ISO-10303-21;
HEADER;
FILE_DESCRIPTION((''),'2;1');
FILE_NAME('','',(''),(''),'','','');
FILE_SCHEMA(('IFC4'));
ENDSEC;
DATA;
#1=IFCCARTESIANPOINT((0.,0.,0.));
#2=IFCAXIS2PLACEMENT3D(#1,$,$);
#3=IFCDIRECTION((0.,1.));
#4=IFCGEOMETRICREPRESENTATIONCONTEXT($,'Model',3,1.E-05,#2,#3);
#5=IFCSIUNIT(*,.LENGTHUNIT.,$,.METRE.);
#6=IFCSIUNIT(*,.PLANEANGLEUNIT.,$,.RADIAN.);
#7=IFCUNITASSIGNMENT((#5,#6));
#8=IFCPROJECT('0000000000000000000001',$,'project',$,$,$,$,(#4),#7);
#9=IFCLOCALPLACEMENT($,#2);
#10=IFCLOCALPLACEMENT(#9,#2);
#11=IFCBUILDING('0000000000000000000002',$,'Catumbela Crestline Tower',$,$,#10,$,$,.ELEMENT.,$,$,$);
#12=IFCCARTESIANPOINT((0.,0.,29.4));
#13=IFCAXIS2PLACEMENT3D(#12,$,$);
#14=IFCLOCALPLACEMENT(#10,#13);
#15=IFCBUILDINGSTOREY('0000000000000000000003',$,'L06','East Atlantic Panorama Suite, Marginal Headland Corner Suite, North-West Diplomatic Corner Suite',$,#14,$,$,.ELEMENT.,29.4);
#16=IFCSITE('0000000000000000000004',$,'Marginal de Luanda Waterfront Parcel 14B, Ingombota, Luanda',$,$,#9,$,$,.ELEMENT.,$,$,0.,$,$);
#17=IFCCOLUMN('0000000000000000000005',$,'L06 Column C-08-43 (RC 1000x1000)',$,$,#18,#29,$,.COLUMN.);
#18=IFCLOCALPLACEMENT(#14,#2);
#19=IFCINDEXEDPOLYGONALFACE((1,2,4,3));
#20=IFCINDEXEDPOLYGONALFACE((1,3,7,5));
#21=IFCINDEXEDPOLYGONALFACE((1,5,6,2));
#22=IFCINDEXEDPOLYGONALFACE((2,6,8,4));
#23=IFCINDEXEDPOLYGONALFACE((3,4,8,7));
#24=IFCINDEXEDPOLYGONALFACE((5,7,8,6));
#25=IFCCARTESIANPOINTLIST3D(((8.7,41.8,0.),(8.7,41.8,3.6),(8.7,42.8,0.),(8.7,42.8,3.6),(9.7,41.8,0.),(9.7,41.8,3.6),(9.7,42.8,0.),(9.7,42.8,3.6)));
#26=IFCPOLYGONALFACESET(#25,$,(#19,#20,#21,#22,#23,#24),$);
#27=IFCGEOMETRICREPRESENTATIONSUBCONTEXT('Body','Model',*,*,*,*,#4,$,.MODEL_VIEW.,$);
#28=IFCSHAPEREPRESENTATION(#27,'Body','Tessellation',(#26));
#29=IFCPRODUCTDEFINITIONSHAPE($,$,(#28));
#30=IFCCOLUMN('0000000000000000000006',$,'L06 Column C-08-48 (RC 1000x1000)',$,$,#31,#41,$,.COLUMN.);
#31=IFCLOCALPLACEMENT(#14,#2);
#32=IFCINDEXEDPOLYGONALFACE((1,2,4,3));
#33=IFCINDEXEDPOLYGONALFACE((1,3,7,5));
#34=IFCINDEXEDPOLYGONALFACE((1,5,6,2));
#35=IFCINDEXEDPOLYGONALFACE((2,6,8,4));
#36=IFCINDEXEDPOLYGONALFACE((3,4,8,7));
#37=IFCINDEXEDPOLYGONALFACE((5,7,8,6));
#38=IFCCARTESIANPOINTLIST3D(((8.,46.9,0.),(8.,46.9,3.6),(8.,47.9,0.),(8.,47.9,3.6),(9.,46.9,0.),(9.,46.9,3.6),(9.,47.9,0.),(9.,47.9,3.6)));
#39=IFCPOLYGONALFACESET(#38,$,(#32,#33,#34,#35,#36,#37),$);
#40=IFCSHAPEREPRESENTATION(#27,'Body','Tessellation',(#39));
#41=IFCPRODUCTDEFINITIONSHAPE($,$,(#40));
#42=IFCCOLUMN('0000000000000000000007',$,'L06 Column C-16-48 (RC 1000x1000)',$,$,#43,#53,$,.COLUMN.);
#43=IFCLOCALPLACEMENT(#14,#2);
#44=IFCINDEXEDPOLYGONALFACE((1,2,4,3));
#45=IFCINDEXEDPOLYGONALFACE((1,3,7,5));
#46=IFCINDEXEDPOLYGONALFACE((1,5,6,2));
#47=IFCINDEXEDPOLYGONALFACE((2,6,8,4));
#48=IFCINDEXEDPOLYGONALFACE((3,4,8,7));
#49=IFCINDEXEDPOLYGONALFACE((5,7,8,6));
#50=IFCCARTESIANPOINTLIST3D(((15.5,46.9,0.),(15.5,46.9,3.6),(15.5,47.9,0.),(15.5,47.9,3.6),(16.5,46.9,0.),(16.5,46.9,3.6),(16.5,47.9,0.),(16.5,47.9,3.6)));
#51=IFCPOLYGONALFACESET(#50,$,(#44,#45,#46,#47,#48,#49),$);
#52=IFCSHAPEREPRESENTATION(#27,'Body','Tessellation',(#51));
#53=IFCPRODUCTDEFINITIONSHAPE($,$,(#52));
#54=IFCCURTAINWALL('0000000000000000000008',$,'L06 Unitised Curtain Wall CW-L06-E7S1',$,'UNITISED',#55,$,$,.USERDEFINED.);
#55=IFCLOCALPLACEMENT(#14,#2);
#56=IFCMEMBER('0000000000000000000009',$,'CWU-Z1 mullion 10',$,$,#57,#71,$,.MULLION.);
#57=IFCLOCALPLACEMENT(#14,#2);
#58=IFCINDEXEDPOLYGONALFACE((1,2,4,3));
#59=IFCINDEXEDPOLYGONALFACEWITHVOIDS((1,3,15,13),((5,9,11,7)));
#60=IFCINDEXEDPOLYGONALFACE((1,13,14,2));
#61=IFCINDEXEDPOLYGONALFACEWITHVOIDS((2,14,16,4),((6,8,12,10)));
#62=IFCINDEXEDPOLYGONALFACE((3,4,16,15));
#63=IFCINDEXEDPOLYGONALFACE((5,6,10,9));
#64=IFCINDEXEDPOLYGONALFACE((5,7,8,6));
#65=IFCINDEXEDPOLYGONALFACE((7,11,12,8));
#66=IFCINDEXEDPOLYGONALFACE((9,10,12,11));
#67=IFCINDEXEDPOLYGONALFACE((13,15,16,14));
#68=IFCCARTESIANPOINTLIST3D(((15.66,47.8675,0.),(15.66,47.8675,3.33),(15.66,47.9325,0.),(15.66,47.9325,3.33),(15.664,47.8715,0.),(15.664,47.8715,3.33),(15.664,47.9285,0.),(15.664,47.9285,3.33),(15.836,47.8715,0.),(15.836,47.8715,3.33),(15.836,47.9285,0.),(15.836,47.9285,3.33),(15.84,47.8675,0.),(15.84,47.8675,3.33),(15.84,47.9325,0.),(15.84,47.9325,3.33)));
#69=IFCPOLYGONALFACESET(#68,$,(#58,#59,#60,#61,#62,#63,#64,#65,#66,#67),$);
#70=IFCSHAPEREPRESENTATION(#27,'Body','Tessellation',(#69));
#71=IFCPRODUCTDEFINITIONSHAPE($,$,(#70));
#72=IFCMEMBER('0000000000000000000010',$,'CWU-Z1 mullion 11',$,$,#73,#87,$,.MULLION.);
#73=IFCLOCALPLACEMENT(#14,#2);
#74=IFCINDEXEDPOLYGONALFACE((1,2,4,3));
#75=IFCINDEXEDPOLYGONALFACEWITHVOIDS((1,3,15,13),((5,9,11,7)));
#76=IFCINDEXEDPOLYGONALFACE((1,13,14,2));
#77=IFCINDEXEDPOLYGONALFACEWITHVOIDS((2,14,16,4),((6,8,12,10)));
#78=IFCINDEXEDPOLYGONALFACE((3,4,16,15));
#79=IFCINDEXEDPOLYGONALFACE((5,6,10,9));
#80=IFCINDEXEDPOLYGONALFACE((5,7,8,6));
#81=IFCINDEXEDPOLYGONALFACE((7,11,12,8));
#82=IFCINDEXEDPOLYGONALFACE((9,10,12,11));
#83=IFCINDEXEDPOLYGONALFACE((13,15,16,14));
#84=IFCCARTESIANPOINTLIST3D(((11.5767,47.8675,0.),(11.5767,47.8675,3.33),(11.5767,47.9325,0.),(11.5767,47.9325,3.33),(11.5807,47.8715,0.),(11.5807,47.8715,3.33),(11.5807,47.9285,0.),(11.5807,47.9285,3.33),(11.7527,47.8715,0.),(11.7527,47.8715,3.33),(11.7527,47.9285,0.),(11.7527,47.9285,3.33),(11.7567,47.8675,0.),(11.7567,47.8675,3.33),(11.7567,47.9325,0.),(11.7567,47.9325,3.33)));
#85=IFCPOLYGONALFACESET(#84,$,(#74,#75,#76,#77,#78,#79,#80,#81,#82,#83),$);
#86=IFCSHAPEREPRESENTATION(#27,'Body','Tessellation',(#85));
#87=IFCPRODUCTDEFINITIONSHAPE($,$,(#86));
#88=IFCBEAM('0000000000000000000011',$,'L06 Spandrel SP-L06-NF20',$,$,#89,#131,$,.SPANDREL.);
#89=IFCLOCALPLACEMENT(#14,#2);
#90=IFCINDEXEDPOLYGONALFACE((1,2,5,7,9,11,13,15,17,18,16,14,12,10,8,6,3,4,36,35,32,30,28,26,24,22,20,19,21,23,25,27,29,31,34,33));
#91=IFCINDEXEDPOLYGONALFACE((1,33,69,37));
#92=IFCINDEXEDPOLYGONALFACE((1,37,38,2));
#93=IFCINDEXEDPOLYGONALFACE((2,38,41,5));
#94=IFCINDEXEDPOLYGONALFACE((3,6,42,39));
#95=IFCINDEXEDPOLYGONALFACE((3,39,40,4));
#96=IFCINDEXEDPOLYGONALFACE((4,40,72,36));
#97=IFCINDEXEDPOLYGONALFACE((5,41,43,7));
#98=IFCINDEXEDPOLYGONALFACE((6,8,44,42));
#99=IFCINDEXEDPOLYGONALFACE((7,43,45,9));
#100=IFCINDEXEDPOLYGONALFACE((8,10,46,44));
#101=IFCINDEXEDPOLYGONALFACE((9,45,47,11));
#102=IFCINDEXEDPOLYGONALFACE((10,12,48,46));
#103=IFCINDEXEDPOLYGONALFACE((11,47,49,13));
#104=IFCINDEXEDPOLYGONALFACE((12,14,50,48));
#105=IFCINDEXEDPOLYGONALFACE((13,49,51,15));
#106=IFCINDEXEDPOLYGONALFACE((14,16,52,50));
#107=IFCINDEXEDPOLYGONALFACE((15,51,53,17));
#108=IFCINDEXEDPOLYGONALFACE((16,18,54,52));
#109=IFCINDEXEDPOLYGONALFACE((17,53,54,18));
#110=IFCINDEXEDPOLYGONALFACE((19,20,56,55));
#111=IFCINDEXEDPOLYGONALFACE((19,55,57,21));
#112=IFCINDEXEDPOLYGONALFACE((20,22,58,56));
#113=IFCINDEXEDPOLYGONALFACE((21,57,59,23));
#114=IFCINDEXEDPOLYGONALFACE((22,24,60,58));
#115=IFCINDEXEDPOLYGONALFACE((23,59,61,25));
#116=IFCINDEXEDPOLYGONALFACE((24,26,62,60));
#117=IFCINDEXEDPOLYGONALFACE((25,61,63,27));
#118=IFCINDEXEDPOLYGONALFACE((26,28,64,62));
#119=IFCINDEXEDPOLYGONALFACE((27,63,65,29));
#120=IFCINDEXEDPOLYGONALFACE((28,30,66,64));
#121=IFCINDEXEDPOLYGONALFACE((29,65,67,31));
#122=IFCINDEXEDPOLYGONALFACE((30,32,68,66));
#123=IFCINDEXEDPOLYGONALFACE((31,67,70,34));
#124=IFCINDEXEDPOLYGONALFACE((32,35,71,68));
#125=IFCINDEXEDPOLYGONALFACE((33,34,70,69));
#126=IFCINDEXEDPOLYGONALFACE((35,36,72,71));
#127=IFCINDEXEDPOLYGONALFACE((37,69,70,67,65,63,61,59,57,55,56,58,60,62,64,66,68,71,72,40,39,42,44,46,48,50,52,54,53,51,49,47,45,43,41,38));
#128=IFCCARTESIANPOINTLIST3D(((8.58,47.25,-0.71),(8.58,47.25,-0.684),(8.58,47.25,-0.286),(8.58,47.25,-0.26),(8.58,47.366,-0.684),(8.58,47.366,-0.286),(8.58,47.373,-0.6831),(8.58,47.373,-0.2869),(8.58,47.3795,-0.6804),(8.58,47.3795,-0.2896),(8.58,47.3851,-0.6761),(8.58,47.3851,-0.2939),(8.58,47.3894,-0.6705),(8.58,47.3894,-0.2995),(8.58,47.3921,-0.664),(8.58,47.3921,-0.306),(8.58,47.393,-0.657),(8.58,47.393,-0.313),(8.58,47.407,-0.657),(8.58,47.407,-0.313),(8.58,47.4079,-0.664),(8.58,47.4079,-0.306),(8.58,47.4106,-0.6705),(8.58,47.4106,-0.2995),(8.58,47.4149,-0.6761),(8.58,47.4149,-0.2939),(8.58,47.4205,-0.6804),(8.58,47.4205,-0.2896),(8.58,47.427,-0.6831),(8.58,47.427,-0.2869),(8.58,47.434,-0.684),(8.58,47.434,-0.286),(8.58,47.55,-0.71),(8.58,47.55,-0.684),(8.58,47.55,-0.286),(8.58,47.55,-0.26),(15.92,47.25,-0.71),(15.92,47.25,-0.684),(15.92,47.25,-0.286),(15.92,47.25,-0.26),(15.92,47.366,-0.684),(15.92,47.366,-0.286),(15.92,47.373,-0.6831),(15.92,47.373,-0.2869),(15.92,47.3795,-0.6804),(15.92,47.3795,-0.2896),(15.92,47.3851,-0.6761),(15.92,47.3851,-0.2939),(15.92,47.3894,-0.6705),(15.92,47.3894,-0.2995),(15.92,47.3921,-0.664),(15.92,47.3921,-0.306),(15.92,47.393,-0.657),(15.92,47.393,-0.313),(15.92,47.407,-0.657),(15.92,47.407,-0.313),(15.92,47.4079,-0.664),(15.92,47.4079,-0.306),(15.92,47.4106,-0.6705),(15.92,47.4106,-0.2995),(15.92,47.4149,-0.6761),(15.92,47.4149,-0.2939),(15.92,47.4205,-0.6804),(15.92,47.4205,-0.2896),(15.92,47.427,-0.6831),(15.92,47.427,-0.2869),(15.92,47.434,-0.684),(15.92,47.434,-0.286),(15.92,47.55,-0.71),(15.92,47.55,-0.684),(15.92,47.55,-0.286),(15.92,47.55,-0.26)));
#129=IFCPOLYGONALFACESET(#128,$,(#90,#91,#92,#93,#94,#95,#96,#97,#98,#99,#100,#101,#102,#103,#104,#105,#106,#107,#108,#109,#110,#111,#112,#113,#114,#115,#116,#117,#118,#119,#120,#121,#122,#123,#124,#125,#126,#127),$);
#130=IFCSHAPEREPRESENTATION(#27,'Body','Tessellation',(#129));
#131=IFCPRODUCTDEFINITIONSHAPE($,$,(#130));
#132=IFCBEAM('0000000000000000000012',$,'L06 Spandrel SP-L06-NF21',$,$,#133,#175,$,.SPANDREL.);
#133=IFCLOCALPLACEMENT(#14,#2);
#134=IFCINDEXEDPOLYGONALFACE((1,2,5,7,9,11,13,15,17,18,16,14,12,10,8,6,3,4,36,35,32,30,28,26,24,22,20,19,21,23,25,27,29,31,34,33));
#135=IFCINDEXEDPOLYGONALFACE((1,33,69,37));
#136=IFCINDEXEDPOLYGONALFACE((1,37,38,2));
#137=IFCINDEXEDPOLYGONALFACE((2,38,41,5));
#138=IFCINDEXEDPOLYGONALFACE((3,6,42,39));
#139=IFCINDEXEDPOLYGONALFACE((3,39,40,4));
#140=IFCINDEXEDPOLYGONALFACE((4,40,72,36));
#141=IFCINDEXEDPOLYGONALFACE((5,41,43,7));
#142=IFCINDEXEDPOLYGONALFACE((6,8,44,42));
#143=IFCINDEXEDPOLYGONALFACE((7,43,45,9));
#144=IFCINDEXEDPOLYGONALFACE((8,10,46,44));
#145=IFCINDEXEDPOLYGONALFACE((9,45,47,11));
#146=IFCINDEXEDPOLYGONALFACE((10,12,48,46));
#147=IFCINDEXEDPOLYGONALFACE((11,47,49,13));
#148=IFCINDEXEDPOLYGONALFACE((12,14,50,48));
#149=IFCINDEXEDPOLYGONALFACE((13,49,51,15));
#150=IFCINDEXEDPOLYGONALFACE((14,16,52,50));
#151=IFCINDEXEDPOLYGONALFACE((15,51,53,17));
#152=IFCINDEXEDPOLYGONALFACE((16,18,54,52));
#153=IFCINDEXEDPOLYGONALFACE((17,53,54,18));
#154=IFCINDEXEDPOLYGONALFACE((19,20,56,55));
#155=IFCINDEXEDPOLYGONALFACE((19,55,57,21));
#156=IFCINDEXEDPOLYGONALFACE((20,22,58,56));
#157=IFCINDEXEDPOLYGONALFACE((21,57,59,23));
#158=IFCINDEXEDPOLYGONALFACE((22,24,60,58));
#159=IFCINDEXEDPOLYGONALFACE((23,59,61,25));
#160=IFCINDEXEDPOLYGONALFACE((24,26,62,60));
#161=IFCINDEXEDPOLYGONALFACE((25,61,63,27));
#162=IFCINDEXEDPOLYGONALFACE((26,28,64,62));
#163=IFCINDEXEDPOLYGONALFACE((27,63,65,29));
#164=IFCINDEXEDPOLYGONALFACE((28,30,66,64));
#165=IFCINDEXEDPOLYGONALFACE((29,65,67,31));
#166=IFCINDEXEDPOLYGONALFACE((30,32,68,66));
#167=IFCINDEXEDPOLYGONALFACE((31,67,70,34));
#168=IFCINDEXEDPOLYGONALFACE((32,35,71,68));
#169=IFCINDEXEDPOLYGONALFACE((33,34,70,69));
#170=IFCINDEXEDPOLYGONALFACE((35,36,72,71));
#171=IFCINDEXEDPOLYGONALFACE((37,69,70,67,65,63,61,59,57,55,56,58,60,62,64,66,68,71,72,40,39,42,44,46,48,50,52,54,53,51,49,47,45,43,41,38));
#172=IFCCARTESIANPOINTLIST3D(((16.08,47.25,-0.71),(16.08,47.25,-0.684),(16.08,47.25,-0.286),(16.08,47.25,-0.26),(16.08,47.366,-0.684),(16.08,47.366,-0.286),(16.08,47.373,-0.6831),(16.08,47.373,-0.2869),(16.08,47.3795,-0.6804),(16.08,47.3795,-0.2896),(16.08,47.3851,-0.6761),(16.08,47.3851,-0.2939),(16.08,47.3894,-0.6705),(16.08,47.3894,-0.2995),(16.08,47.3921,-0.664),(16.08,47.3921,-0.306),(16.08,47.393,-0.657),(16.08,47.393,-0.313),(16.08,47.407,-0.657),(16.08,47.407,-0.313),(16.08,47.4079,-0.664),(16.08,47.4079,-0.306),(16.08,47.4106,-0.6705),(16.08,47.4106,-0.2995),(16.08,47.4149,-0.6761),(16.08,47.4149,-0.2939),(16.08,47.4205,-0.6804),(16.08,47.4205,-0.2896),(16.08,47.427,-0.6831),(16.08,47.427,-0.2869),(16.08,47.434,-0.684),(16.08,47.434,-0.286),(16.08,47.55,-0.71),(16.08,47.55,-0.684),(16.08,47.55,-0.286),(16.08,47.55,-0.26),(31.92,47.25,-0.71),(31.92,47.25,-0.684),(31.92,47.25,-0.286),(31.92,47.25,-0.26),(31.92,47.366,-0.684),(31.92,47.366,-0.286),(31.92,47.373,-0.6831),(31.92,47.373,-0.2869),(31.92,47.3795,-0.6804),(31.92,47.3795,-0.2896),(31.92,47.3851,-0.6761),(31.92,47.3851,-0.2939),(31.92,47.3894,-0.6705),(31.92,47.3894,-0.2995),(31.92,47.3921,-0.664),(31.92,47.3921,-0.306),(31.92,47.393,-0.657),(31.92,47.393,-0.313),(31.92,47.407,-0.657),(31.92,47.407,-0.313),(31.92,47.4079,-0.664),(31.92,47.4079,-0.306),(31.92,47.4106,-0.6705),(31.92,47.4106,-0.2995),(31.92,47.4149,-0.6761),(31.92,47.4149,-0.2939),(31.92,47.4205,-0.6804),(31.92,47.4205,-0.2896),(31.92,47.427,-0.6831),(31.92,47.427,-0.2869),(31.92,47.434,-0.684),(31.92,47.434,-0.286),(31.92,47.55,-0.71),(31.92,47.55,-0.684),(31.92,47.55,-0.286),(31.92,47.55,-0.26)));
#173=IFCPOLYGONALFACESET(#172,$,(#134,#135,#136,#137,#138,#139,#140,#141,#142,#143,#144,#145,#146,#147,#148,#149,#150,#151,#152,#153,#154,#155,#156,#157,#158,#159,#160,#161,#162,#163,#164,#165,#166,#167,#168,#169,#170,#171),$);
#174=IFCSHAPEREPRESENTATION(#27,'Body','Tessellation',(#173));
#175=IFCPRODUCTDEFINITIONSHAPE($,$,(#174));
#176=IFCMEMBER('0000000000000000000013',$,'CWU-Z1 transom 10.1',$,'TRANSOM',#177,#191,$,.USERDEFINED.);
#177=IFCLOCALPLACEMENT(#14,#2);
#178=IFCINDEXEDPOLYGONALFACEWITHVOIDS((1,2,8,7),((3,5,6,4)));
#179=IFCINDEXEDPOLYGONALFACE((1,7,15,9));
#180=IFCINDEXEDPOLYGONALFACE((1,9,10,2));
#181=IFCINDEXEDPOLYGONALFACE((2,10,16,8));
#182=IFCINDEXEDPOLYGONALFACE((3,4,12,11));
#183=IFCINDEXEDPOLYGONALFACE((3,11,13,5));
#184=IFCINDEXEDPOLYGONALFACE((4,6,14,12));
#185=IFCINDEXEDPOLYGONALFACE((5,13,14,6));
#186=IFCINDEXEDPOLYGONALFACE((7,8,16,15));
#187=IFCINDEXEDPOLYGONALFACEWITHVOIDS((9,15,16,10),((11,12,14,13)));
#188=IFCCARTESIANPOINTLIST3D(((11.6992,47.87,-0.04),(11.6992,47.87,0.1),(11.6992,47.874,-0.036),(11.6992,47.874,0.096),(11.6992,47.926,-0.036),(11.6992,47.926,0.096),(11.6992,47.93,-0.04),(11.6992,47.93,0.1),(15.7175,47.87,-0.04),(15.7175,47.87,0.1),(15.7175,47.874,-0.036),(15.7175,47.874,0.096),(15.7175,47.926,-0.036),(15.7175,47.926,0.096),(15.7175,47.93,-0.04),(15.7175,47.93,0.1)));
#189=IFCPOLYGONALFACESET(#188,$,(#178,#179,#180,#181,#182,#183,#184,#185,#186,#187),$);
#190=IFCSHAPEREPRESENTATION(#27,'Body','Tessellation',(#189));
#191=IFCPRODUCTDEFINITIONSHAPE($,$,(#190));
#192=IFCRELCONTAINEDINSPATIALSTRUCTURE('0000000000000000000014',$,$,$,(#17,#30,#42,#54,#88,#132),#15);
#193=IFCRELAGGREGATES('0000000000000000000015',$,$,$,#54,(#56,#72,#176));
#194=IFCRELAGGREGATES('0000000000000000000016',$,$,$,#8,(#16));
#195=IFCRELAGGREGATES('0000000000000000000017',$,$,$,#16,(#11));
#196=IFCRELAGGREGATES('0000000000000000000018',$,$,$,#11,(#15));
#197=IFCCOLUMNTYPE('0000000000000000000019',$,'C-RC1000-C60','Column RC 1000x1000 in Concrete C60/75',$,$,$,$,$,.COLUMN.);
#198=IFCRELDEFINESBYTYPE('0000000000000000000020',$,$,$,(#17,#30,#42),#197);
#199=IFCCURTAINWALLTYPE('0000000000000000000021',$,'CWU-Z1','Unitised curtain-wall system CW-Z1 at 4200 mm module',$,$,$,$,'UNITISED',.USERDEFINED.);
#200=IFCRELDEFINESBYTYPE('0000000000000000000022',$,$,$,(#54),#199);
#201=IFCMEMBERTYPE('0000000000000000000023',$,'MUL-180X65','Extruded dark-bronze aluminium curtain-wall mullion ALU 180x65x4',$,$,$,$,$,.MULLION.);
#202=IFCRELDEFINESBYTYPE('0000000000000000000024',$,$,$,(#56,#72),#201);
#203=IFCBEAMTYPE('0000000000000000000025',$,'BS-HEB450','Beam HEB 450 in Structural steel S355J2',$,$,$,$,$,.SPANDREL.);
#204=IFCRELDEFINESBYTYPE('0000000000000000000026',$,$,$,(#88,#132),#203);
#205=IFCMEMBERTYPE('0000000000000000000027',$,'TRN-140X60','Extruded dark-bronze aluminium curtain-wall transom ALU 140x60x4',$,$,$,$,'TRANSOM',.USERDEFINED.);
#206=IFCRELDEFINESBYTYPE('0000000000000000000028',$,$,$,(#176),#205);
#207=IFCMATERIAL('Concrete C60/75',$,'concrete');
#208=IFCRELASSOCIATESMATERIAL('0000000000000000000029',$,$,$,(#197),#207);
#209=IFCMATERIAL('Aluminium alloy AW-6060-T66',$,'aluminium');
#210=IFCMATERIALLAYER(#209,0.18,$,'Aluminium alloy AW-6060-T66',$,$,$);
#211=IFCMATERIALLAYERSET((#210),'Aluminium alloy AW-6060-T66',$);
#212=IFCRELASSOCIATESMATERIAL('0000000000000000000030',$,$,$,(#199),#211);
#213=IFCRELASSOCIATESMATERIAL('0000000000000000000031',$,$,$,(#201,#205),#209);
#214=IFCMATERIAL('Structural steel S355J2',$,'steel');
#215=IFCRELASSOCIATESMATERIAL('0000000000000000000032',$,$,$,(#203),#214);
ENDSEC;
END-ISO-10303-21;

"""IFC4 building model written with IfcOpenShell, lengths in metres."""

from ifc_helpers import new_model, si_unit, direction, frame, origin, origin_2d, place, context, subcontext, project, spatial, rectangle, hollow_rectangle, i_section, extrude, material, layer, layer_set, material_profile, profile_set, type_object, element, aggregate, save


model = new_model("IFC4")

# Units and contexts
model_context = context("Model", 3, precision=1e-05, world=origin(), true_north=direction((0.0, 1.0)))
body_context = subcontext(model_context, "Body", "Model", "MODEL_VIEW")
ifc_project = project(units=[si_unit("LENGTHUNIT", "METRE"), si_unit("PLANEANGLEUNIT", "RADIAN")], contexts=[model_context])

# Site, building, storey
site_placement = place(None, origin())
site = spatial("IfcSite", under=ifc_project, at=site_placement, Name="Marginal de Luanda Waterfront Parcel 14B, Ingombota, Luanda", CompositionType="ELEMENT", RefElevation=0.0)
building_placement = place(site_placement, origin())
building = spatial("IfcBuilding", under=site, at=building_placement, Name="Catumbela Crestline Tower", CompositionType="ELEMENT")
storey_placement = place(building_placement, frame((0.0, 0.0, 29.4)))
storey = spatial("IfcBuildingStorey", under=building, at=storey_placement, Name="L06", Description="East Atlantic Panorama Suite, Marginal Headland Corner Suite, North-West Diplomatic Corner Suite", CompositionType="ELEMENT", Elevation=29.4)

# Columns
ifc_material_1 = material(Name="Concrete C60/75", Category="concrete")
ifc_material_profile_1 = material_profile(ifc_material_1, rectangle(XDim=1.0, YDim=1.0, at=origin_2d()), Name="RC 1000x1000")
ifc_profile_set_1 = profile_set([ifc_material_profile_1], Name="Concrete C60/75")
column_type = type_object("IfcColumnType", Name="C-RC1000-C60", Description="Column RC 1000x1000 in Concrete C60/75", PredefinedType="COLUMN", material=ifc_profile_set_1)
for number, where, z_axis, x_axis, name in (
    (1, (9.2, 42.3, 0.0), (0.0, 0.0, 1.0), (1.0, 0.0, 0.0), "L06 Column C-08-43 (RC 1000x1000)"),
    (2, (8.5, 47.4, 0.0), (0.0, 0.0, 1.0), (1.0, 0.0, 0.0), "L06 Column C-08-48 (RC 1000x1000)"),
    (3, (16.0, 47.4, 0.0), (0.0, 0.0, 1.0), (1.0, 0.0, 0.0), "L06 Column C-16-48 (RC 1000x1000)"),
):
    element("IfcColumn", number, at=place(storey_placement, frame(where, z_axis=z_axis, x_axis=x_axis)), inside=storey, type_object=column_type, Name=name, PredefinedType="COLUMN", context=body_context, shape_type="SweptSolid", body=[
        extrude(rectangle(XDim=1.0, YDim=1.0, at=origin_2d()), origin(), (0.0, 0.0, 1.0), 3.6),
    ])

# Curtain wall, members
ifc_material_2 = material(Name="Aluminium alloy AW-6060-T66", Category="aluminium")
ifc_layer_1 = layer(ifc_material_2, 0.18, Name="Aluminium alloy AW-6060-T66")
ifc_layer_set_1 = layer_set([ifc_layer_1], Name="Aluminium alloy AW-6060-T66")
curtain_wall_type = type_object("IfcCurtainWallType", Name="CWU-Z1", Description="Unitised curtain-wall system CW-Z1 at 4200 mm module", ElementType="UNITISED", PredefinedType="USERDEFINED", material=ifc_layer_set_1)
curtain_wall_placement = place(storey_placement, origin())
curtain_wall = element("IfcCurtainWall", 4, at=curtain_wall_placement, inside=storey, type_object=curtain_wall_type, Name="L06 Unitised Curtain Wall CW-L06-E7S1", ObjectType="UNITISED", PredefinedType="USERDEFINED")
ifc_material_profile_2 = material_profile(ifc_material_2, hollow_rectangle(XDim=0.065, YDim=0.18, WallThickness=0.004, at=origin_2d()), Name="ALU 180x65x4")
ifc_profile_set_2 = profile_set([ifc_material_profile_2], Name="Aluminium alloy AW-6060-T66")
member_type_1 = type_object("IfcMemberType", Name="MUL-180X65", Description="Extruded dark-bronze aluminium curtain-wall mullion ALU 180x65x4", PredefinedType="MULLION", material=ifc_profile_set_2)
member_1_placement = place(storey_placement, frame((15.75, 47.9, 0.0), z_axis=(0.0, 0.0, 1.0), x_axis=(0.0, -1.0, 0.0)))
member_1 = element("IfcMember", 5, at=member_1_placement, type_object=member_type_1, Name="CWU-Z1 mullion 10", PredefinedType="MULLION", context=body_context, shape_type="SweptSolid", body=[
    extrude(hollow_rectangle(XDim=0.065, YDim=0.18, WallThickness=0.004, at=origin_2d()), origin(), (0.0, 0.0, 1.0), 3.33),
])
member_2_placement = place(storey_placement, frame((11.6667, 47.9, 0.0), z_axis=(0.0, 0.0, 1.0), x_axis=(0.0, -1.0, 0.0)))
member_2 = element("IfcMember", 6, at=member_2_placement, type_object=member_type_1, Name="CWU-Z1 mullion 11", PredefinedType="MULLION", context=body_context, shape_type="SweptSolid", body=[
    extrude(hollow_rectangle(XDim=0.065, YDim=0.18, WallThickness=0.004, at=origin_2d()), origin(), (0.0, 0.0, 1.0), 3.33),
])

# Beams
ifc_material_3 = material(Name="Structural steel S355J2", Category="steel")
ifc_material_profile_3 = material_profile(ifc_material_3, i_section(OverallWidth=0.3, OverallDepth=0.45, WebThickness=0.014, FlangeThickness=0.026, FilletRadius=0.027, at=origin_2d()), Name="HEB 450")
ifc_profile_set_3 = profile_set([ifc_material_profile_3], Name="Structural steel S355J2")
beam_type = type_object("IfcBeamType", Name="BS-HEB450", Description="Beam HEB 450 in Structural steel S355J2", PredefinedType="SPANDREL", material=ifc_profile_set_3)
beam_1_placement = place(storey_placement, frame((8.58, 47.4, -0.485), z_axis=(1.0, 0.0, 0.0), x_axis=(0.0, 1.0, 0.0)))
element("IfcBeam", 7, at=beam_1_placement, inside=storey, type_object=beam_type, Name="L06 Spandrel SP-L06-NF20", PredefinedType="SPANDREL", context=body_context, shape_type="SweptSolid", body=[
    extrude(i_section(OverallWidth=0.3, OverallDepth=0.45, WebThickness=0.014, FlangeThickness=0.026, FilletRadius=0.027, at=origin_2d()), origin(), (0.0, 0.0, 1.0), 7.34),
])
beam_2_placement = place(storey_placement, frame((16.08, 47.4, -0.485), z_axis=(1.0, 0.0, 0.0), x_axis=(0.0, 1.0, 0.0)))
element("IfcBeam", 8, at=beam_2_placement, inside=storey, type_object=beam_type, Name="L06 Spandrel SP-L06-NF21", PredefinedType="SPANDREL", context=body_context, shape_type="SweptSolid", body=[
    extrude(i_section(OverallWidth=0.3, OverallDepth=0.45, WebThickness=0.014, FlangeThickness=0.026, FilletRadius=0.027, at=origin_2d()), origin(), (0.0, 0.0, 1.0), 15.84),
])

# Member
ifc_material_profile_4 = material_profile(ifc_material_2, hollow_rectangle(XDim=0.06, YDim=0.14, WallThickness=0.004, at=origin_2d()), Name="ALU 140x60x4")
ifc_profile_set_4 = profile_set([ifc_material_profile_4], Name="Aluminium alloy AW-6060-T66")
member_type_2 = type_object("IfcMemberType", Name="TRN-140X60", Description="Extruded dark-bronze aluminium curtain-wall transom ALU 140x60x4", ElementType="TRANSOM", PredefinedType="USERDEFINED", material=ifc_profile_set_4)
member_3_placement = place(storey_placement, frame((15.7175, 47.9, 0.03), z_axis=(-1.0, 0.0, 0.0), x_axis=(0.0, -1.0, 0.0)))
member_3 = element("IfcMember", 9, at=member_3_placement, type_object=member_type_2, Name="CWU-Z1 transom 10.1", ObjectType="TRANSOM", PredefinedType="USERDEFINED", context=body_context, shape_type="SweptSolid", body=[
    extrude(hollow_rectangle(XDim=0.06, YDim=0.14, WallThickness=0.004, at=origin_2d()), origin(), (0.0, 0.0, 1.0), 4.0183),
])

aggregate(curtain_wall, [member_1, member_2, member_3])

save(model, "model.ifc")
